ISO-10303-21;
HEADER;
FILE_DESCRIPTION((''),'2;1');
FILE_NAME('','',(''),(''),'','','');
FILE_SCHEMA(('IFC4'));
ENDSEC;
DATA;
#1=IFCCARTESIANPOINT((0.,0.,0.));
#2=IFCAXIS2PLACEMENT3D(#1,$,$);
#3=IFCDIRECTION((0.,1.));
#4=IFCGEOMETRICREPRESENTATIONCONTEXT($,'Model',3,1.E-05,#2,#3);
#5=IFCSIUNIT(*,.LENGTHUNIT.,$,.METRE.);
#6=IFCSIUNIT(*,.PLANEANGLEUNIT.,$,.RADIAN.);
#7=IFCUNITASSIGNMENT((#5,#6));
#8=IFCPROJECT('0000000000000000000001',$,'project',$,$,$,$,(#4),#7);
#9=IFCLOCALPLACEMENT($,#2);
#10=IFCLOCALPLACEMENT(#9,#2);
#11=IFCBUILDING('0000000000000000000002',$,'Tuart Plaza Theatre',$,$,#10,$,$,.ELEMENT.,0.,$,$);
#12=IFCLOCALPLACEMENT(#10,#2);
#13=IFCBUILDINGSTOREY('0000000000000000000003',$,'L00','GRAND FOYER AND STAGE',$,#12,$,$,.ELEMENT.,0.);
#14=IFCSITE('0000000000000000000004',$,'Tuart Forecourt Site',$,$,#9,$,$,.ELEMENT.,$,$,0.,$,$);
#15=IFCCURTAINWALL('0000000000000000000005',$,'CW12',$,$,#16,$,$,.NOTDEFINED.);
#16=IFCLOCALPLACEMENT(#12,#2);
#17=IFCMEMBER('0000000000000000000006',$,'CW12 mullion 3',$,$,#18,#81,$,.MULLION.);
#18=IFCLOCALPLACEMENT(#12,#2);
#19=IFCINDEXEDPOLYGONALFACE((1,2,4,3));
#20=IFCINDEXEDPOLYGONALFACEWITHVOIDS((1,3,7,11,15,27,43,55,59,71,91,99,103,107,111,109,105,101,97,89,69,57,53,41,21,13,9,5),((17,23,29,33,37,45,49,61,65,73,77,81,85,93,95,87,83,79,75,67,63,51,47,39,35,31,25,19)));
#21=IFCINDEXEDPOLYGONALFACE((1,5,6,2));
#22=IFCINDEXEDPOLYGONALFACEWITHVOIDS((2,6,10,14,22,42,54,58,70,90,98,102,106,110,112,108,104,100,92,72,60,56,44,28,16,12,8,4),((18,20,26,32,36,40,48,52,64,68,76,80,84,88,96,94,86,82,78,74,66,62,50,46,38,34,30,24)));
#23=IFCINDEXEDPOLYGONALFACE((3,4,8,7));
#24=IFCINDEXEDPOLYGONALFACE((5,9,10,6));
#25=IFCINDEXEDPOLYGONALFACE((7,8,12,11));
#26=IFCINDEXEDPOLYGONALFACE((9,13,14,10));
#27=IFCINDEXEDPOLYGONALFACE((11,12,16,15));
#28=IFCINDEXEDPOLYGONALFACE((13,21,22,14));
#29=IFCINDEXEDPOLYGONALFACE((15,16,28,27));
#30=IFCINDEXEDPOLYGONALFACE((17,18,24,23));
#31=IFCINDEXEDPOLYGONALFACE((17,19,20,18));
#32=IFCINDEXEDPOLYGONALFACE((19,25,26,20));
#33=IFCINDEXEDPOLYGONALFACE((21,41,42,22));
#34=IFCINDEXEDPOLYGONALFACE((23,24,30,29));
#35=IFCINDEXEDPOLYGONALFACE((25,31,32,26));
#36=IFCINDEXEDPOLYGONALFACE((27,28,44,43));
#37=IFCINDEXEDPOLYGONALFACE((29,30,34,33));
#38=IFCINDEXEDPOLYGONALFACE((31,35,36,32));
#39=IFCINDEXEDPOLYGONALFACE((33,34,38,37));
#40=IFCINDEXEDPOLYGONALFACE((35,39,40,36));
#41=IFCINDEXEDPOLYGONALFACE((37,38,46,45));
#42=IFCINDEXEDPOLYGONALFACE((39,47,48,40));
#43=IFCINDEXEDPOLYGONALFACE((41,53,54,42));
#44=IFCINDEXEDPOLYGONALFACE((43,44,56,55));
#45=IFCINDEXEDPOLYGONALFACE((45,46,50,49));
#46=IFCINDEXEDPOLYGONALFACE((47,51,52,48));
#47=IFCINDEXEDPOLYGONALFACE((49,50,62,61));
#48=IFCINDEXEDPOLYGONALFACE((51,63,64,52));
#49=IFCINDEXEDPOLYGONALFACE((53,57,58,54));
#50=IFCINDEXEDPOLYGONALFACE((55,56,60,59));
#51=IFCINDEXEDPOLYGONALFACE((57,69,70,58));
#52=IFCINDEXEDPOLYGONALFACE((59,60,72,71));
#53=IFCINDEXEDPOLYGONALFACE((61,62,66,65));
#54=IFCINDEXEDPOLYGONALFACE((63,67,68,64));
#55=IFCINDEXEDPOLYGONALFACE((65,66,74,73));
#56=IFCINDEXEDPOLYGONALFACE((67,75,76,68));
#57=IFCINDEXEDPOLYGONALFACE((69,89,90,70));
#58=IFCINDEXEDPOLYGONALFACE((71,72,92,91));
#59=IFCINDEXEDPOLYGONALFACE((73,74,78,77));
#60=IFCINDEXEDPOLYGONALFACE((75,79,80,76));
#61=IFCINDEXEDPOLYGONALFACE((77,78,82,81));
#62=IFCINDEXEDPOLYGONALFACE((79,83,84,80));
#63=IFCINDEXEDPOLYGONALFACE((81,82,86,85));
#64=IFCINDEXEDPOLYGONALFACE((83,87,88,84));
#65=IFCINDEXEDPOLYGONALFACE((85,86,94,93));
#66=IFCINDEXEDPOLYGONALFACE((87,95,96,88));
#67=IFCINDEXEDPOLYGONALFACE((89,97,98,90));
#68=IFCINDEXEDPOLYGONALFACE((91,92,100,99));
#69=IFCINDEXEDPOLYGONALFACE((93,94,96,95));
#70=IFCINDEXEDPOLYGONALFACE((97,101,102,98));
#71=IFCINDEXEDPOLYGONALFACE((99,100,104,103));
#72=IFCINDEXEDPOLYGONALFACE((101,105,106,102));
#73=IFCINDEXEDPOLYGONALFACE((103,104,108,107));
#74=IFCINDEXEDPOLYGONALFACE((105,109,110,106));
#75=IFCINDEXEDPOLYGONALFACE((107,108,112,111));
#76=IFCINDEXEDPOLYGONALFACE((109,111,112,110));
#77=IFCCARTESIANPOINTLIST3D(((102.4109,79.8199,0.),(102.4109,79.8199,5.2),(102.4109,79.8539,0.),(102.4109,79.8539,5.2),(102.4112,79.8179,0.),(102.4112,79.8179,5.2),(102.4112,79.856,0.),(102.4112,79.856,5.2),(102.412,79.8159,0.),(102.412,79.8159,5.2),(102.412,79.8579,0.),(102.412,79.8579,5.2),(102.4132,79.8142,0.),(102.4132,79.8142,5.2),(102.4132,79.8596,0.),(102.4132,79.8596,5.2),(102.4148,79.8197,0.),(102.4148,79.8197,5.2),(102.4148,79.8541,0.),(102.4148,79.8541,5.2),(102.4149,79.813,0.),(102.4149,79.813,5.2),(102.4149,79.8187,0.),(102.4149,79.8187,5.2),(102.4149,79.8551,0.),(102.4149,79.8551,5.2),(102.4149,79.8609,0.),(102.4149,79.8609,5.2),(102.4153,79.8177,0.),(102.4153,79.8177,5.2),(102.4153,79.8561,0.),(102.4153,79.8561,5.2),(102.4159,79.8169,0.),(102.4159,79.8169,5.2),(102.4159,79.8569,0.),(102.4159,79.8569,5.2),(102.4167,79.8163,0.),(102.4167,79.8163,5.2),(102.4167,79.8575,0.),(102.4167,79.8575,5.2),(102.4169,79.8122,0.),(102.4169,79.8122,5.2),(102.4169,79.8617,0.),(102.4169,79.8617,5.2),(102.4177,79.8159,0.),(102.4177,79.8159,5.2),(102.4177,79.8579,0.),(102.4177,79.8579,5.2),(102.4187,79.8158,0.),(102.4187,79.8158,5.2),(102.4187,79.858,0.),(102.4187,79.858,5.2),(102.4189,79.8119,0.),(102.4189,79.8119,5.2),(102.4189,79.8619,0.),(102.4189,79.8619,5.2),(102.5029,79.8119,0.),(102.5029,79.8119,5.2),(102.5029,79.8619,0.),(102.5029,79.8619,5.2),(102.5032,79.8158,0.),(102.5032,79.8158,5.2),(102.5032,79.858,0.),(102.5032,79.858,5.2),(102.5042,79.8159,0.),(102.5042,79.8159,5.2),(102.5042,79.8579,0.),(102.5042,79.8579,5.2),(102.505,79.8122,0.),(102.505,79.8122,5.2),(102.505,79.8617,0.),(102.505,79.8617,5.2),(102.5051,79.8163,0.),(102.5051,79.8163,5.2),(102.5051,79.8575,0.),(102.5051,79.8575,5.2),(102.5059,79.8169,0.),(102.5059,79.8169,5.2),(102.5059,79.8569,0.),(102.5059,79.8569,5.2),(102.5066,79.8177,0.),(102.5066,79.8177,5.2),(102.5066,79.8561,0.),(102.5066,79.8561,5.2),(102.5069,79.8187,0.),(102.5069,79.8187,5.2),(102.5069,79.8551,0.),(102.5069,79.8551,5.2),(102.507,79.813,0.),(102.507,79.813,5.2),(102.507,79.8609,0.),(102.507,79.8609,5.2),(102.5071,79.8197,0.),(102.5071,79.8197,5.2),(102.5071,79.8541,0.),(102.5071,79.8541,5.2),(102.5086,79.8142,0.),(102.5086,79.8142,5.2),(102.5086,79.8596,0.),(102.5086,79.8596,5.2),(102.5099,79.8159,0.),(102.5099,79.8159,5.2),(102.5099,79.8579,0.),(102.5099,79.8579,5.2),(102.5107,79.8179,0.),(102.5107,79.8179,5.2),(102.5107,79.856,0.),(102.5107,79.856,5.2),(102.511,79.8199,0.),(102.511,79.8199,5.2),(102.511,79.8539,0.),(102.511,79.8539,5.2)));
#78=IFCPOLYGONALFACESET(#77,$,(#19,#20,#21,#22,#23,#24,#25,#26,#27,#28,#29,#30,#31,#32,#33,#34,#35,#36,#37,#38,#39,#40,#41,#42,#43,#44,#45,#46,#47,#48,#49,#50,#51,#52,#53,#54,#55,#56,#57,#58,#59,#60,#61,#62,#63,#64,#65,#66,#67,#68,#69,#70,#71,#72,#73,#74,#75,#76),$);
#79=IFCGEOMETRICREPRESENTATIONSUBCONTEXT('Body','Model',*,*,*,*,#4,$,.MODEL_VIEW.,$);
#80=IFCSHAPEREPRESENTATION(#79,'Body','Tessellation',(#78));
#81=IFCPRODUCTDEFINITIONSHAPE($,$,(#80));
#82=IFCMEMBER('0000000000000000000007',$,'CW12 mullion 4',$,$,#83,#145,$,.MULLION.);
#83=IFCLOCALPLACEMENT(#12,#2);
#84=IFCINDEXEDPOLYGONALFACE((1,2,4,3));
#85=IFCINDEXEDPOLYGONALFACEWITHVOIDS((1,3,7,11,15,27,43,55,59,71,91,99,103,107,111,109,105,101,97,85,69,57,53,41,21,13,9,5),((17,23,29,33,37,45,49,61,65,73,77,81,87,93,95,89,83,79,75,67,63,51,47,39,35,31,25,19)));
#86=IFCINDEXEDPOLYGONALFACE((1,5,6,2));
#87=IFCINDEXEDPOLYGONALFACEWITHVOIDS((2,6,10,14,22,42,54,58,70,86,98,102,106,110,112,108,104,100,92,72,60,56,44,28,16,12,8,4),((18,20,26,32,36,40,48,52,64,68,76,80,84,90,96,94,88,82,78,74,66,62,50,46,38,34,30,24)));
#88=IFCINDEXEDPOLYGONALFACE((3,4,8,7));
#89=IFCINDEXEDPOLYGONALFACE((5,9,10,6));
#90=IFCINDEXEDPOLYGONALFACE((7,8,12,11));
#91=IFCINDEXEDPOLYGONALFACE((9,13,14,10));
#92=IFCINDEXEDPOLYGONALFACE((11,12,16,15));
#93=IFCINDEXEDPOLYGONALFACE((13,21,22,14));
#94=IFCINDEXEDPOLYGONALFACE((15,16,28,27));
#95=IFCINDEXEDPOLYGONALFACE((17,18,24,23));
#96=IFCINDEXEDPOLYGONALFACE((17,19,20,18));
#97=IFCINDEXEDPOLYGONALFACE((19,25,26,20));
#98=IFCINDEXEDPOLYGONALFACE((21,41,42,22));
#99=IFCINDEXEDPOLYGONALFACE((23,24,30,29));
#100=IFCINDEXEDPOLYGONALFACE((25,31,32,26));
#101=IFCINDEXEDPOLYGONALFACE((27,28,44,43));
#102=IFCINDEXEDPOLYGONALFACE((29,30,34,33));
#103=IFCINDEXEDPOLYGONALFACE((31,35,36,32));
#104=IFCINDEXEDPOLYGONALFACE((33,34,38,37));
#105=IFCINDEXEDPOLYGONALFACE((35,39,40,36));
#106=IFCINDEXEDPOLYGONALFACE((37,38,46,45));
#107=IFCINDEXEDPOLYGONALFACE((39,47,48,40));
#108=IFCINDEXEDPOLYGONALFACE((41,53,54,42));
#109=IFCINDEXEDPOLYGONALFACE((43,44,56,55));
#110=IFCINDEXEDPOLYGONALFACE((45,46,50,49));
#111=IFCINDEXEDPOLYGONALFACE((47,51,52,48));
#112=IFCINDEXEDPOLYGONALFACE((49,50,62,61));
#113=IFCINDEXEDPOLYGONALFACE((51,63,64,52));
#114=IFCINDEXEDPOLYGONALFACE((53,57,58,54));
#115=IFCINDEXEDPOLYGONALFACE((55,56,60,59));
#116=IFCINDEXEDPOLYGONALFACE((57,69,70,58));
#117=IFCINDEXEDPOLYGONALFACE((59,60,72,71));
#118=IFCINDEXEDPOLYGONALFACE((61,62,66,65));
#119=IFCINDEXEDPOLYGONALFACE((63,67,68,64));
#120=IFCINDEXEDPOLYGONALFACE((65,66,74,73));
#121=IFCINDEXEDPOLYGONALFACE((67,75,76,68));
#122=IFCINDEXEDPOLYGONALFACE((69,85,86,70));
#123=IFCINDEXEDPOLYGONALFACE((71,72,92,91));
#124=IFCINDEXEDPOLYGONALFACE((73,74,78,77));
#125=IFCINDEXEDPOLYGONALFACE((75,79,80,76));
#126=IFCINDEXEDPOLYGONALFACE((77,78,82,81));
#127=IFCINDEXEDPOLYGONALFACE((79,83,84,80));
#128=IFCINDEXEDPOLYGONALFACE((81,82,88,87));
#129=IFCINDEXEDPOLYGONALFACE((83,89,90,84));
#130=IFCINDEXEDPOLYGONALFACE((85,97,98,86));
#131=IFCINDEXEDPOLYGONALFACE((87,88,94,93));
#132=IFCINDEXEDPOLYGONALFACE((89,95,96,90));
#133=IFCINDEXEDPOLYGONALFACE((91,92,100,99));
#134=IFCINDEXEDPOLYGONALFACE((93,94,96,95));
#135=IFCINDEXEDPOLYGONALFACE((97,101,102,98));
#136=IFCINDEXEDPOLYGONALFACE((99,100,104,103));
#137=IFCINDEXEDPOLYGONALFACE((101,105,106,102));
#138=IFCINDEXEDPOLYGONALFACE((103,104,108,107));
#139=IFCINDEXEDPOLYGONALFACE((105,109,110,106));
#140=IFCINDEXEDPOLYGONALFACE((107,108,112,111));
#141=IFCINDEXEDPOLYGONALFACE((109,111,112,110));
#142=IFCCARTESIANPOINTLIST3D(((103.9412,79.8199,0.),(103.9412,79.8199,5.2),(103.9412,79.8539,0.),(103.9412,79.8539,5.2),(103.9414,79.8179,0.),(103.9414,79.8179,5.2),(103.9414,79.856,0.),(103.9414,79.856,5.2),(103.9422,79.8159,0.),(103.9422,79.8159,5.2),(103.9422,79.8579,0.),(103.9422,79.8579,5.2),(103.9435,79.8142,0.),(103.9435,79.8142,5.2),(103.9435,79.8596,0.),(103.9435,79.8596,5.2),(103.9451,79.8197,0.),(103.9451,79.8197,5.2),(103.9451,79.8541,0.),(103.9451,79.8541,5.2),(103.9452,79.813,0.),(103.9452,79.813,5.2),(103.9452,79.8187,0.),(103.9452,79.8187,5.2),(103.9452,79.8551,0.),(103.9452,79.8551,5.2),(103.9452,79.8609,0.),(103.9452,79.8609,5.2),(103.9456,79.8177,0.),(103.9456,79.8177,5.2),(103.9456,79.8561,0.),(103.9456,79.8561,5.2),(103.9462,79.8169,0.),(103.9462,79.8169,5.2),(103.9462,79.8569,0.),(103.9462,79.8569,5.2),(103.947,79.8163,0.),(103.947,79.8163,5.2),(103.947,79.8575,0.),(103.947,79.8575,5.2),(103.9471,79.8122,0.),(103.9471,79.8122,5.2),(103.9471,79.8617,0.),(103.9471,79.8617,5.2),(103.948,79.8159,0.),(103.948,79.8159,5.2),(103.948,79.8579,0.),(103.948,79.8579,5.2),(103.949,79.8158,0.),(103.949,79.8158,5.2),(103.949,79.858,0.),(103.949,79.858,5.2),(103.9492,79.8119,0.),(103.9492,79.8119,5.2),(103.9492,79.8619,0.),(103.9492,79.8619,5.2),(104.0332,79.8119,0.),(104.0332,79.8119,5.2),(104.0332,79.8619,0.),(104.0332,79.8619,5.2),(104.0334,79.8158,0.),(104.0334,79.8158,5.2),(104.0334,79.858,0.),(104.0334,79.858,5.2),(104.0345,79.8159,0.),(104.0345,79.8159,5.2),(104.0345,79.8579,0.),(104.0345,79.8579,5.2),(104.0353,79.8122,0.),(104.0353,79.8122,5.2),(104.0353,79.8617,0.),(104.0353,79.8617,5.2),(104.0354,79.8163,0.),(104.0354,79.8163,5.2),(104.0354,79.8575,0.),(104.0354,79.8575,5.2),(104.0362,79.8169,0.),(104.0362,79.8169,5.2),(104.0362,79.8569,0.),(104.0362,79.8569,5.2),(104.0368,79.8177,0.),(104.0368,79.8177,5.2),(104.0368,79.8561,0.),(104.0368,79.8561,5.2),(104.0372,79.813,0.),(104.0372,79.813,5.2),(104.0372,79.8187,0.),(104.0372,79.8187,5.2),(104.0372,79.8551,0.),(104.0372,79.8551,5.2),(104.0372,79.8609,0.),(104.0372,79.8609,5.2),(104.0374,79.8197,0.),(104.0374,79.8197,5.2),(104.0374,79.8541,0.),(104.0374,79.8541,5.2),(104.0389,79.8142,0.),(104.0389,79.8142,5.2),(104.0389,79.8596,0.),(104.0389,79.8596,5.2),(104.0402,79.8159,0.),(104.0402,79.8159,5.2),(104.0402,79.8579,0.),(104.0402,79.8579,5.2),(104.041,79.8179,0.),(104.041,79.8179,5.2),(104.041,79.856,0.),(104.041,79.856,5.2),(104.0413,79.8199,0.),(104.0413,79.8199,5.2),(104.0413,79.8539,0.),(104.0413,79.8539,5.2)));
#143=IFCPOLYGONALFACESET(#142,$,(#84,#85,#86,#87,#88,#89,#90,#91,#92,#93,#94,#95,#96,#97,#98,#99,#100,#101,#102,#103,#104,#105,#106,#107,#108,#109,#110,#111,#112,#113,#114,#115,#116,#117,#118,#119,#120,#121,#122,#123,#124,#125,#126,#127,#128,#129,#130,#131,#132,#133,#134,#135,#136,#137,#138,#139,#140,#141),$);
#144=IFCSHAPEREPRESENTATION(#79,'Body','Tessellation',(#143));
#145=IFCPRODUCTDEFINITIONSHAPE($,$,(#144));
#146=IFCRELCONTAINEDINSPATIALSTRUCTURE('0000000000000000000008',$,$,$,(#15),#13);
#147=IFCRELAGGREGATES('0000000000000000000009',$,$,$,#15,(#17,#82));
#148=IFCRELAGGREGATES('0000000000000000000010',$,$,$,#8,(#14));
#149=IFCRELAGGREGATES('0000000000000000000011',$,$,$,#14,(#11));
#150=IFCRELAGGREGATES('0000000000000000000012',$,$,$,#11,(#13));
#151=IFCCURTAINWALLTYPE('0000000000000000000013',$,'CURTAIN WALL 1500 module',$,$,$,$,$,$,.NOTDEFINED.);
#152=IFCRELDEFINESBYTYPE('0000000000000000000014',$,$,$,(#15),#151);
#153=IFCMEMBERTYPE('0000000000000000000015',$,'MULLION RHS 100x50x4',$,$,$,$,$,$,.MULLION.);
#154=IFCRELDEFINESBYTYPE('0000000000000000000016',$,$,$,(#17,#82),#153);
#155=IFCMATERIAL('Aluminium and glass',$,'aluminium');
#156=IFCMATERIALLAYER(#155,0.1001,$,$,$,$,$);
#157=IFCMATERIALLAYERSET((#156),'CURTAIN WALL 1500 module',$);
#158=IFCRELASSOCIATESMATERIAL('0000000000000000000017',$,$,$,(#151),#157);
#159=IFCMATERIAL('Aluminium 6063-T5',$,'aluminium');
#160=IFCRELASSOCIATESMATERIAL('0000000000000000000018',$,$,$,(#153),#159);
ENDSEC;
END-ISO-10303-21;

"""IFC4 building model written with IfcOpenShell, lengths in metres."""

from ifc_helpers import new_model, si_unit, direction, frame, origin, origin_2d, place, context, subcontext, project, spatial, hollow_rectangle, extrude, material, layer, layer_set, material_profile, profile_set, type_object, element, aggregate, save


model = new_model("IFC4")

# Units and contexts
model_context = context("Model", 3, precision=1e-05, world=origin(), true_north=direction((0.0, 1.0)))
body_context = subcontext(model_context, "Body", "Model", "MODEL_VIEW")
ifc_project = project(units=[si_unit("LENGTHUNIT", "METRE"), si_unit("PLANEANGLEUNIT", "RADIAN")], contexts=[model_context])

# Site, building, storey
site_placement = place(None, origin())
site = spatial("IfcSite", under=ifc_project, at=site_placement, Name="Tuart Forecourt Site", CompositionType="ELEMENT", RefElevation=0.0)
building_placement = place(site_placement, origin())
building = spatial("IfcBuilding", under=site, at=building_placement, Name="Tuart Plaza Theatre", CompositionType="ELEMENT", ElevationOfRefHeight=0.0)
storey_placement = place(building_placement, origin())
storey = spatial("IfcBuildingStorey", under=building, at=storey_placement, Name="L00", Description="GRAND FOYER AND STAGE", CompositionType="ELEMENT", Elevation=0.0)

# Curtain wall, members
ifc_material_1 = material(Name="Aluminium and glass", Category="aluminium")
ifc_layer_1 = layer(ifc_material_1, 0.1001)
ifc_layer_set_1 = layer_set([ifc_layer_1], Name="CURTAIN WALL 1500 module")
curtain_wall_type = type_object("IfcCurtainWallType", Name="CURTAIN WALL 1500 module", PredefinedType="NOTDEFINED", material=ifc_layer_set_1)
curtain_wall_placement = place(storey_placement, origin())
curtain_wall = element("IfcCurtainWall", 1, at=curtain_wall_placement, inside=storey, type_object=curtain_wall_type, Name="CW12", PredefinedType="NOTDEFINED")
ifc_material_2 = material(Name="Aluminium 6063-T5", Category="aluminium")
ifc_material_profile_1 = material_profile(ifc_material_2, hollow_rectangle(XDim=0.05, YDim=0.1001, WallThickness=0.0039, InnerFilletRadius=0.0039, OuterFilletRadius=0.0081, at=origin_2d()), Name="RHS 100x50x4")
ifc_profile_set_1 = profile_set([ifc_material_profile_1], Name="Aluminium 6063-T5")
member_type_1 = type_object("IfcMemberType", Name="MULLION RHS 100x50x4", PredefinedType="MULLION", material=ifc_profile_set_1)
member_1_placement = place(storey_placement, frame((102.4609, 79.8369, 0.0), z_axis=(0.0, 0.0, 1.0), x_axis=(0.0, 1.0, 0.0)))
member_1 = element("IfcMember", 2, at=member_1_placement, type_object=member_type_1, Name="CW12 mullion 3", PredefinedType="MULLION", context=body_context, shape_type="SweptSolid", body=[
    extrude(hollow_rectangle(XDim=0.05, YDim=0.1001, WallThickness=0.0039, InnerFilletRadius=0.0039, OuterFilletRadius=0.0081, at=origin_2d()), origin(), (0.0, 0.0, 1.0), 5.2),
])
member_2_placement = place(storey_placement, frame((103.9912, 79.8369, 0.0), z_axis=(0.0, 0.0, 1.0), x_axis=(0.0, 1.0, 0.0)))
member_2 = element("IfcMember", 3, at=member_2_placement, type_object=member_type_1, Name="CW12 mullion 4", PredefinedType="MULLION", context=body_context, shape_type="SweptSolid", body=[
    extrude(hollow_rectangle(XDim=0.05, YDim=0.1001, WallThickness=0.0039, InnerFilletRadius=0.0039, OuterFilletRadius=0.0081, at=origin_2d()), origin(), (0.0, 0.0, 1.0), 5.2),
])
aggregate(curtain_wall, [member_1, member_2])

save(model, "model.ifc")
